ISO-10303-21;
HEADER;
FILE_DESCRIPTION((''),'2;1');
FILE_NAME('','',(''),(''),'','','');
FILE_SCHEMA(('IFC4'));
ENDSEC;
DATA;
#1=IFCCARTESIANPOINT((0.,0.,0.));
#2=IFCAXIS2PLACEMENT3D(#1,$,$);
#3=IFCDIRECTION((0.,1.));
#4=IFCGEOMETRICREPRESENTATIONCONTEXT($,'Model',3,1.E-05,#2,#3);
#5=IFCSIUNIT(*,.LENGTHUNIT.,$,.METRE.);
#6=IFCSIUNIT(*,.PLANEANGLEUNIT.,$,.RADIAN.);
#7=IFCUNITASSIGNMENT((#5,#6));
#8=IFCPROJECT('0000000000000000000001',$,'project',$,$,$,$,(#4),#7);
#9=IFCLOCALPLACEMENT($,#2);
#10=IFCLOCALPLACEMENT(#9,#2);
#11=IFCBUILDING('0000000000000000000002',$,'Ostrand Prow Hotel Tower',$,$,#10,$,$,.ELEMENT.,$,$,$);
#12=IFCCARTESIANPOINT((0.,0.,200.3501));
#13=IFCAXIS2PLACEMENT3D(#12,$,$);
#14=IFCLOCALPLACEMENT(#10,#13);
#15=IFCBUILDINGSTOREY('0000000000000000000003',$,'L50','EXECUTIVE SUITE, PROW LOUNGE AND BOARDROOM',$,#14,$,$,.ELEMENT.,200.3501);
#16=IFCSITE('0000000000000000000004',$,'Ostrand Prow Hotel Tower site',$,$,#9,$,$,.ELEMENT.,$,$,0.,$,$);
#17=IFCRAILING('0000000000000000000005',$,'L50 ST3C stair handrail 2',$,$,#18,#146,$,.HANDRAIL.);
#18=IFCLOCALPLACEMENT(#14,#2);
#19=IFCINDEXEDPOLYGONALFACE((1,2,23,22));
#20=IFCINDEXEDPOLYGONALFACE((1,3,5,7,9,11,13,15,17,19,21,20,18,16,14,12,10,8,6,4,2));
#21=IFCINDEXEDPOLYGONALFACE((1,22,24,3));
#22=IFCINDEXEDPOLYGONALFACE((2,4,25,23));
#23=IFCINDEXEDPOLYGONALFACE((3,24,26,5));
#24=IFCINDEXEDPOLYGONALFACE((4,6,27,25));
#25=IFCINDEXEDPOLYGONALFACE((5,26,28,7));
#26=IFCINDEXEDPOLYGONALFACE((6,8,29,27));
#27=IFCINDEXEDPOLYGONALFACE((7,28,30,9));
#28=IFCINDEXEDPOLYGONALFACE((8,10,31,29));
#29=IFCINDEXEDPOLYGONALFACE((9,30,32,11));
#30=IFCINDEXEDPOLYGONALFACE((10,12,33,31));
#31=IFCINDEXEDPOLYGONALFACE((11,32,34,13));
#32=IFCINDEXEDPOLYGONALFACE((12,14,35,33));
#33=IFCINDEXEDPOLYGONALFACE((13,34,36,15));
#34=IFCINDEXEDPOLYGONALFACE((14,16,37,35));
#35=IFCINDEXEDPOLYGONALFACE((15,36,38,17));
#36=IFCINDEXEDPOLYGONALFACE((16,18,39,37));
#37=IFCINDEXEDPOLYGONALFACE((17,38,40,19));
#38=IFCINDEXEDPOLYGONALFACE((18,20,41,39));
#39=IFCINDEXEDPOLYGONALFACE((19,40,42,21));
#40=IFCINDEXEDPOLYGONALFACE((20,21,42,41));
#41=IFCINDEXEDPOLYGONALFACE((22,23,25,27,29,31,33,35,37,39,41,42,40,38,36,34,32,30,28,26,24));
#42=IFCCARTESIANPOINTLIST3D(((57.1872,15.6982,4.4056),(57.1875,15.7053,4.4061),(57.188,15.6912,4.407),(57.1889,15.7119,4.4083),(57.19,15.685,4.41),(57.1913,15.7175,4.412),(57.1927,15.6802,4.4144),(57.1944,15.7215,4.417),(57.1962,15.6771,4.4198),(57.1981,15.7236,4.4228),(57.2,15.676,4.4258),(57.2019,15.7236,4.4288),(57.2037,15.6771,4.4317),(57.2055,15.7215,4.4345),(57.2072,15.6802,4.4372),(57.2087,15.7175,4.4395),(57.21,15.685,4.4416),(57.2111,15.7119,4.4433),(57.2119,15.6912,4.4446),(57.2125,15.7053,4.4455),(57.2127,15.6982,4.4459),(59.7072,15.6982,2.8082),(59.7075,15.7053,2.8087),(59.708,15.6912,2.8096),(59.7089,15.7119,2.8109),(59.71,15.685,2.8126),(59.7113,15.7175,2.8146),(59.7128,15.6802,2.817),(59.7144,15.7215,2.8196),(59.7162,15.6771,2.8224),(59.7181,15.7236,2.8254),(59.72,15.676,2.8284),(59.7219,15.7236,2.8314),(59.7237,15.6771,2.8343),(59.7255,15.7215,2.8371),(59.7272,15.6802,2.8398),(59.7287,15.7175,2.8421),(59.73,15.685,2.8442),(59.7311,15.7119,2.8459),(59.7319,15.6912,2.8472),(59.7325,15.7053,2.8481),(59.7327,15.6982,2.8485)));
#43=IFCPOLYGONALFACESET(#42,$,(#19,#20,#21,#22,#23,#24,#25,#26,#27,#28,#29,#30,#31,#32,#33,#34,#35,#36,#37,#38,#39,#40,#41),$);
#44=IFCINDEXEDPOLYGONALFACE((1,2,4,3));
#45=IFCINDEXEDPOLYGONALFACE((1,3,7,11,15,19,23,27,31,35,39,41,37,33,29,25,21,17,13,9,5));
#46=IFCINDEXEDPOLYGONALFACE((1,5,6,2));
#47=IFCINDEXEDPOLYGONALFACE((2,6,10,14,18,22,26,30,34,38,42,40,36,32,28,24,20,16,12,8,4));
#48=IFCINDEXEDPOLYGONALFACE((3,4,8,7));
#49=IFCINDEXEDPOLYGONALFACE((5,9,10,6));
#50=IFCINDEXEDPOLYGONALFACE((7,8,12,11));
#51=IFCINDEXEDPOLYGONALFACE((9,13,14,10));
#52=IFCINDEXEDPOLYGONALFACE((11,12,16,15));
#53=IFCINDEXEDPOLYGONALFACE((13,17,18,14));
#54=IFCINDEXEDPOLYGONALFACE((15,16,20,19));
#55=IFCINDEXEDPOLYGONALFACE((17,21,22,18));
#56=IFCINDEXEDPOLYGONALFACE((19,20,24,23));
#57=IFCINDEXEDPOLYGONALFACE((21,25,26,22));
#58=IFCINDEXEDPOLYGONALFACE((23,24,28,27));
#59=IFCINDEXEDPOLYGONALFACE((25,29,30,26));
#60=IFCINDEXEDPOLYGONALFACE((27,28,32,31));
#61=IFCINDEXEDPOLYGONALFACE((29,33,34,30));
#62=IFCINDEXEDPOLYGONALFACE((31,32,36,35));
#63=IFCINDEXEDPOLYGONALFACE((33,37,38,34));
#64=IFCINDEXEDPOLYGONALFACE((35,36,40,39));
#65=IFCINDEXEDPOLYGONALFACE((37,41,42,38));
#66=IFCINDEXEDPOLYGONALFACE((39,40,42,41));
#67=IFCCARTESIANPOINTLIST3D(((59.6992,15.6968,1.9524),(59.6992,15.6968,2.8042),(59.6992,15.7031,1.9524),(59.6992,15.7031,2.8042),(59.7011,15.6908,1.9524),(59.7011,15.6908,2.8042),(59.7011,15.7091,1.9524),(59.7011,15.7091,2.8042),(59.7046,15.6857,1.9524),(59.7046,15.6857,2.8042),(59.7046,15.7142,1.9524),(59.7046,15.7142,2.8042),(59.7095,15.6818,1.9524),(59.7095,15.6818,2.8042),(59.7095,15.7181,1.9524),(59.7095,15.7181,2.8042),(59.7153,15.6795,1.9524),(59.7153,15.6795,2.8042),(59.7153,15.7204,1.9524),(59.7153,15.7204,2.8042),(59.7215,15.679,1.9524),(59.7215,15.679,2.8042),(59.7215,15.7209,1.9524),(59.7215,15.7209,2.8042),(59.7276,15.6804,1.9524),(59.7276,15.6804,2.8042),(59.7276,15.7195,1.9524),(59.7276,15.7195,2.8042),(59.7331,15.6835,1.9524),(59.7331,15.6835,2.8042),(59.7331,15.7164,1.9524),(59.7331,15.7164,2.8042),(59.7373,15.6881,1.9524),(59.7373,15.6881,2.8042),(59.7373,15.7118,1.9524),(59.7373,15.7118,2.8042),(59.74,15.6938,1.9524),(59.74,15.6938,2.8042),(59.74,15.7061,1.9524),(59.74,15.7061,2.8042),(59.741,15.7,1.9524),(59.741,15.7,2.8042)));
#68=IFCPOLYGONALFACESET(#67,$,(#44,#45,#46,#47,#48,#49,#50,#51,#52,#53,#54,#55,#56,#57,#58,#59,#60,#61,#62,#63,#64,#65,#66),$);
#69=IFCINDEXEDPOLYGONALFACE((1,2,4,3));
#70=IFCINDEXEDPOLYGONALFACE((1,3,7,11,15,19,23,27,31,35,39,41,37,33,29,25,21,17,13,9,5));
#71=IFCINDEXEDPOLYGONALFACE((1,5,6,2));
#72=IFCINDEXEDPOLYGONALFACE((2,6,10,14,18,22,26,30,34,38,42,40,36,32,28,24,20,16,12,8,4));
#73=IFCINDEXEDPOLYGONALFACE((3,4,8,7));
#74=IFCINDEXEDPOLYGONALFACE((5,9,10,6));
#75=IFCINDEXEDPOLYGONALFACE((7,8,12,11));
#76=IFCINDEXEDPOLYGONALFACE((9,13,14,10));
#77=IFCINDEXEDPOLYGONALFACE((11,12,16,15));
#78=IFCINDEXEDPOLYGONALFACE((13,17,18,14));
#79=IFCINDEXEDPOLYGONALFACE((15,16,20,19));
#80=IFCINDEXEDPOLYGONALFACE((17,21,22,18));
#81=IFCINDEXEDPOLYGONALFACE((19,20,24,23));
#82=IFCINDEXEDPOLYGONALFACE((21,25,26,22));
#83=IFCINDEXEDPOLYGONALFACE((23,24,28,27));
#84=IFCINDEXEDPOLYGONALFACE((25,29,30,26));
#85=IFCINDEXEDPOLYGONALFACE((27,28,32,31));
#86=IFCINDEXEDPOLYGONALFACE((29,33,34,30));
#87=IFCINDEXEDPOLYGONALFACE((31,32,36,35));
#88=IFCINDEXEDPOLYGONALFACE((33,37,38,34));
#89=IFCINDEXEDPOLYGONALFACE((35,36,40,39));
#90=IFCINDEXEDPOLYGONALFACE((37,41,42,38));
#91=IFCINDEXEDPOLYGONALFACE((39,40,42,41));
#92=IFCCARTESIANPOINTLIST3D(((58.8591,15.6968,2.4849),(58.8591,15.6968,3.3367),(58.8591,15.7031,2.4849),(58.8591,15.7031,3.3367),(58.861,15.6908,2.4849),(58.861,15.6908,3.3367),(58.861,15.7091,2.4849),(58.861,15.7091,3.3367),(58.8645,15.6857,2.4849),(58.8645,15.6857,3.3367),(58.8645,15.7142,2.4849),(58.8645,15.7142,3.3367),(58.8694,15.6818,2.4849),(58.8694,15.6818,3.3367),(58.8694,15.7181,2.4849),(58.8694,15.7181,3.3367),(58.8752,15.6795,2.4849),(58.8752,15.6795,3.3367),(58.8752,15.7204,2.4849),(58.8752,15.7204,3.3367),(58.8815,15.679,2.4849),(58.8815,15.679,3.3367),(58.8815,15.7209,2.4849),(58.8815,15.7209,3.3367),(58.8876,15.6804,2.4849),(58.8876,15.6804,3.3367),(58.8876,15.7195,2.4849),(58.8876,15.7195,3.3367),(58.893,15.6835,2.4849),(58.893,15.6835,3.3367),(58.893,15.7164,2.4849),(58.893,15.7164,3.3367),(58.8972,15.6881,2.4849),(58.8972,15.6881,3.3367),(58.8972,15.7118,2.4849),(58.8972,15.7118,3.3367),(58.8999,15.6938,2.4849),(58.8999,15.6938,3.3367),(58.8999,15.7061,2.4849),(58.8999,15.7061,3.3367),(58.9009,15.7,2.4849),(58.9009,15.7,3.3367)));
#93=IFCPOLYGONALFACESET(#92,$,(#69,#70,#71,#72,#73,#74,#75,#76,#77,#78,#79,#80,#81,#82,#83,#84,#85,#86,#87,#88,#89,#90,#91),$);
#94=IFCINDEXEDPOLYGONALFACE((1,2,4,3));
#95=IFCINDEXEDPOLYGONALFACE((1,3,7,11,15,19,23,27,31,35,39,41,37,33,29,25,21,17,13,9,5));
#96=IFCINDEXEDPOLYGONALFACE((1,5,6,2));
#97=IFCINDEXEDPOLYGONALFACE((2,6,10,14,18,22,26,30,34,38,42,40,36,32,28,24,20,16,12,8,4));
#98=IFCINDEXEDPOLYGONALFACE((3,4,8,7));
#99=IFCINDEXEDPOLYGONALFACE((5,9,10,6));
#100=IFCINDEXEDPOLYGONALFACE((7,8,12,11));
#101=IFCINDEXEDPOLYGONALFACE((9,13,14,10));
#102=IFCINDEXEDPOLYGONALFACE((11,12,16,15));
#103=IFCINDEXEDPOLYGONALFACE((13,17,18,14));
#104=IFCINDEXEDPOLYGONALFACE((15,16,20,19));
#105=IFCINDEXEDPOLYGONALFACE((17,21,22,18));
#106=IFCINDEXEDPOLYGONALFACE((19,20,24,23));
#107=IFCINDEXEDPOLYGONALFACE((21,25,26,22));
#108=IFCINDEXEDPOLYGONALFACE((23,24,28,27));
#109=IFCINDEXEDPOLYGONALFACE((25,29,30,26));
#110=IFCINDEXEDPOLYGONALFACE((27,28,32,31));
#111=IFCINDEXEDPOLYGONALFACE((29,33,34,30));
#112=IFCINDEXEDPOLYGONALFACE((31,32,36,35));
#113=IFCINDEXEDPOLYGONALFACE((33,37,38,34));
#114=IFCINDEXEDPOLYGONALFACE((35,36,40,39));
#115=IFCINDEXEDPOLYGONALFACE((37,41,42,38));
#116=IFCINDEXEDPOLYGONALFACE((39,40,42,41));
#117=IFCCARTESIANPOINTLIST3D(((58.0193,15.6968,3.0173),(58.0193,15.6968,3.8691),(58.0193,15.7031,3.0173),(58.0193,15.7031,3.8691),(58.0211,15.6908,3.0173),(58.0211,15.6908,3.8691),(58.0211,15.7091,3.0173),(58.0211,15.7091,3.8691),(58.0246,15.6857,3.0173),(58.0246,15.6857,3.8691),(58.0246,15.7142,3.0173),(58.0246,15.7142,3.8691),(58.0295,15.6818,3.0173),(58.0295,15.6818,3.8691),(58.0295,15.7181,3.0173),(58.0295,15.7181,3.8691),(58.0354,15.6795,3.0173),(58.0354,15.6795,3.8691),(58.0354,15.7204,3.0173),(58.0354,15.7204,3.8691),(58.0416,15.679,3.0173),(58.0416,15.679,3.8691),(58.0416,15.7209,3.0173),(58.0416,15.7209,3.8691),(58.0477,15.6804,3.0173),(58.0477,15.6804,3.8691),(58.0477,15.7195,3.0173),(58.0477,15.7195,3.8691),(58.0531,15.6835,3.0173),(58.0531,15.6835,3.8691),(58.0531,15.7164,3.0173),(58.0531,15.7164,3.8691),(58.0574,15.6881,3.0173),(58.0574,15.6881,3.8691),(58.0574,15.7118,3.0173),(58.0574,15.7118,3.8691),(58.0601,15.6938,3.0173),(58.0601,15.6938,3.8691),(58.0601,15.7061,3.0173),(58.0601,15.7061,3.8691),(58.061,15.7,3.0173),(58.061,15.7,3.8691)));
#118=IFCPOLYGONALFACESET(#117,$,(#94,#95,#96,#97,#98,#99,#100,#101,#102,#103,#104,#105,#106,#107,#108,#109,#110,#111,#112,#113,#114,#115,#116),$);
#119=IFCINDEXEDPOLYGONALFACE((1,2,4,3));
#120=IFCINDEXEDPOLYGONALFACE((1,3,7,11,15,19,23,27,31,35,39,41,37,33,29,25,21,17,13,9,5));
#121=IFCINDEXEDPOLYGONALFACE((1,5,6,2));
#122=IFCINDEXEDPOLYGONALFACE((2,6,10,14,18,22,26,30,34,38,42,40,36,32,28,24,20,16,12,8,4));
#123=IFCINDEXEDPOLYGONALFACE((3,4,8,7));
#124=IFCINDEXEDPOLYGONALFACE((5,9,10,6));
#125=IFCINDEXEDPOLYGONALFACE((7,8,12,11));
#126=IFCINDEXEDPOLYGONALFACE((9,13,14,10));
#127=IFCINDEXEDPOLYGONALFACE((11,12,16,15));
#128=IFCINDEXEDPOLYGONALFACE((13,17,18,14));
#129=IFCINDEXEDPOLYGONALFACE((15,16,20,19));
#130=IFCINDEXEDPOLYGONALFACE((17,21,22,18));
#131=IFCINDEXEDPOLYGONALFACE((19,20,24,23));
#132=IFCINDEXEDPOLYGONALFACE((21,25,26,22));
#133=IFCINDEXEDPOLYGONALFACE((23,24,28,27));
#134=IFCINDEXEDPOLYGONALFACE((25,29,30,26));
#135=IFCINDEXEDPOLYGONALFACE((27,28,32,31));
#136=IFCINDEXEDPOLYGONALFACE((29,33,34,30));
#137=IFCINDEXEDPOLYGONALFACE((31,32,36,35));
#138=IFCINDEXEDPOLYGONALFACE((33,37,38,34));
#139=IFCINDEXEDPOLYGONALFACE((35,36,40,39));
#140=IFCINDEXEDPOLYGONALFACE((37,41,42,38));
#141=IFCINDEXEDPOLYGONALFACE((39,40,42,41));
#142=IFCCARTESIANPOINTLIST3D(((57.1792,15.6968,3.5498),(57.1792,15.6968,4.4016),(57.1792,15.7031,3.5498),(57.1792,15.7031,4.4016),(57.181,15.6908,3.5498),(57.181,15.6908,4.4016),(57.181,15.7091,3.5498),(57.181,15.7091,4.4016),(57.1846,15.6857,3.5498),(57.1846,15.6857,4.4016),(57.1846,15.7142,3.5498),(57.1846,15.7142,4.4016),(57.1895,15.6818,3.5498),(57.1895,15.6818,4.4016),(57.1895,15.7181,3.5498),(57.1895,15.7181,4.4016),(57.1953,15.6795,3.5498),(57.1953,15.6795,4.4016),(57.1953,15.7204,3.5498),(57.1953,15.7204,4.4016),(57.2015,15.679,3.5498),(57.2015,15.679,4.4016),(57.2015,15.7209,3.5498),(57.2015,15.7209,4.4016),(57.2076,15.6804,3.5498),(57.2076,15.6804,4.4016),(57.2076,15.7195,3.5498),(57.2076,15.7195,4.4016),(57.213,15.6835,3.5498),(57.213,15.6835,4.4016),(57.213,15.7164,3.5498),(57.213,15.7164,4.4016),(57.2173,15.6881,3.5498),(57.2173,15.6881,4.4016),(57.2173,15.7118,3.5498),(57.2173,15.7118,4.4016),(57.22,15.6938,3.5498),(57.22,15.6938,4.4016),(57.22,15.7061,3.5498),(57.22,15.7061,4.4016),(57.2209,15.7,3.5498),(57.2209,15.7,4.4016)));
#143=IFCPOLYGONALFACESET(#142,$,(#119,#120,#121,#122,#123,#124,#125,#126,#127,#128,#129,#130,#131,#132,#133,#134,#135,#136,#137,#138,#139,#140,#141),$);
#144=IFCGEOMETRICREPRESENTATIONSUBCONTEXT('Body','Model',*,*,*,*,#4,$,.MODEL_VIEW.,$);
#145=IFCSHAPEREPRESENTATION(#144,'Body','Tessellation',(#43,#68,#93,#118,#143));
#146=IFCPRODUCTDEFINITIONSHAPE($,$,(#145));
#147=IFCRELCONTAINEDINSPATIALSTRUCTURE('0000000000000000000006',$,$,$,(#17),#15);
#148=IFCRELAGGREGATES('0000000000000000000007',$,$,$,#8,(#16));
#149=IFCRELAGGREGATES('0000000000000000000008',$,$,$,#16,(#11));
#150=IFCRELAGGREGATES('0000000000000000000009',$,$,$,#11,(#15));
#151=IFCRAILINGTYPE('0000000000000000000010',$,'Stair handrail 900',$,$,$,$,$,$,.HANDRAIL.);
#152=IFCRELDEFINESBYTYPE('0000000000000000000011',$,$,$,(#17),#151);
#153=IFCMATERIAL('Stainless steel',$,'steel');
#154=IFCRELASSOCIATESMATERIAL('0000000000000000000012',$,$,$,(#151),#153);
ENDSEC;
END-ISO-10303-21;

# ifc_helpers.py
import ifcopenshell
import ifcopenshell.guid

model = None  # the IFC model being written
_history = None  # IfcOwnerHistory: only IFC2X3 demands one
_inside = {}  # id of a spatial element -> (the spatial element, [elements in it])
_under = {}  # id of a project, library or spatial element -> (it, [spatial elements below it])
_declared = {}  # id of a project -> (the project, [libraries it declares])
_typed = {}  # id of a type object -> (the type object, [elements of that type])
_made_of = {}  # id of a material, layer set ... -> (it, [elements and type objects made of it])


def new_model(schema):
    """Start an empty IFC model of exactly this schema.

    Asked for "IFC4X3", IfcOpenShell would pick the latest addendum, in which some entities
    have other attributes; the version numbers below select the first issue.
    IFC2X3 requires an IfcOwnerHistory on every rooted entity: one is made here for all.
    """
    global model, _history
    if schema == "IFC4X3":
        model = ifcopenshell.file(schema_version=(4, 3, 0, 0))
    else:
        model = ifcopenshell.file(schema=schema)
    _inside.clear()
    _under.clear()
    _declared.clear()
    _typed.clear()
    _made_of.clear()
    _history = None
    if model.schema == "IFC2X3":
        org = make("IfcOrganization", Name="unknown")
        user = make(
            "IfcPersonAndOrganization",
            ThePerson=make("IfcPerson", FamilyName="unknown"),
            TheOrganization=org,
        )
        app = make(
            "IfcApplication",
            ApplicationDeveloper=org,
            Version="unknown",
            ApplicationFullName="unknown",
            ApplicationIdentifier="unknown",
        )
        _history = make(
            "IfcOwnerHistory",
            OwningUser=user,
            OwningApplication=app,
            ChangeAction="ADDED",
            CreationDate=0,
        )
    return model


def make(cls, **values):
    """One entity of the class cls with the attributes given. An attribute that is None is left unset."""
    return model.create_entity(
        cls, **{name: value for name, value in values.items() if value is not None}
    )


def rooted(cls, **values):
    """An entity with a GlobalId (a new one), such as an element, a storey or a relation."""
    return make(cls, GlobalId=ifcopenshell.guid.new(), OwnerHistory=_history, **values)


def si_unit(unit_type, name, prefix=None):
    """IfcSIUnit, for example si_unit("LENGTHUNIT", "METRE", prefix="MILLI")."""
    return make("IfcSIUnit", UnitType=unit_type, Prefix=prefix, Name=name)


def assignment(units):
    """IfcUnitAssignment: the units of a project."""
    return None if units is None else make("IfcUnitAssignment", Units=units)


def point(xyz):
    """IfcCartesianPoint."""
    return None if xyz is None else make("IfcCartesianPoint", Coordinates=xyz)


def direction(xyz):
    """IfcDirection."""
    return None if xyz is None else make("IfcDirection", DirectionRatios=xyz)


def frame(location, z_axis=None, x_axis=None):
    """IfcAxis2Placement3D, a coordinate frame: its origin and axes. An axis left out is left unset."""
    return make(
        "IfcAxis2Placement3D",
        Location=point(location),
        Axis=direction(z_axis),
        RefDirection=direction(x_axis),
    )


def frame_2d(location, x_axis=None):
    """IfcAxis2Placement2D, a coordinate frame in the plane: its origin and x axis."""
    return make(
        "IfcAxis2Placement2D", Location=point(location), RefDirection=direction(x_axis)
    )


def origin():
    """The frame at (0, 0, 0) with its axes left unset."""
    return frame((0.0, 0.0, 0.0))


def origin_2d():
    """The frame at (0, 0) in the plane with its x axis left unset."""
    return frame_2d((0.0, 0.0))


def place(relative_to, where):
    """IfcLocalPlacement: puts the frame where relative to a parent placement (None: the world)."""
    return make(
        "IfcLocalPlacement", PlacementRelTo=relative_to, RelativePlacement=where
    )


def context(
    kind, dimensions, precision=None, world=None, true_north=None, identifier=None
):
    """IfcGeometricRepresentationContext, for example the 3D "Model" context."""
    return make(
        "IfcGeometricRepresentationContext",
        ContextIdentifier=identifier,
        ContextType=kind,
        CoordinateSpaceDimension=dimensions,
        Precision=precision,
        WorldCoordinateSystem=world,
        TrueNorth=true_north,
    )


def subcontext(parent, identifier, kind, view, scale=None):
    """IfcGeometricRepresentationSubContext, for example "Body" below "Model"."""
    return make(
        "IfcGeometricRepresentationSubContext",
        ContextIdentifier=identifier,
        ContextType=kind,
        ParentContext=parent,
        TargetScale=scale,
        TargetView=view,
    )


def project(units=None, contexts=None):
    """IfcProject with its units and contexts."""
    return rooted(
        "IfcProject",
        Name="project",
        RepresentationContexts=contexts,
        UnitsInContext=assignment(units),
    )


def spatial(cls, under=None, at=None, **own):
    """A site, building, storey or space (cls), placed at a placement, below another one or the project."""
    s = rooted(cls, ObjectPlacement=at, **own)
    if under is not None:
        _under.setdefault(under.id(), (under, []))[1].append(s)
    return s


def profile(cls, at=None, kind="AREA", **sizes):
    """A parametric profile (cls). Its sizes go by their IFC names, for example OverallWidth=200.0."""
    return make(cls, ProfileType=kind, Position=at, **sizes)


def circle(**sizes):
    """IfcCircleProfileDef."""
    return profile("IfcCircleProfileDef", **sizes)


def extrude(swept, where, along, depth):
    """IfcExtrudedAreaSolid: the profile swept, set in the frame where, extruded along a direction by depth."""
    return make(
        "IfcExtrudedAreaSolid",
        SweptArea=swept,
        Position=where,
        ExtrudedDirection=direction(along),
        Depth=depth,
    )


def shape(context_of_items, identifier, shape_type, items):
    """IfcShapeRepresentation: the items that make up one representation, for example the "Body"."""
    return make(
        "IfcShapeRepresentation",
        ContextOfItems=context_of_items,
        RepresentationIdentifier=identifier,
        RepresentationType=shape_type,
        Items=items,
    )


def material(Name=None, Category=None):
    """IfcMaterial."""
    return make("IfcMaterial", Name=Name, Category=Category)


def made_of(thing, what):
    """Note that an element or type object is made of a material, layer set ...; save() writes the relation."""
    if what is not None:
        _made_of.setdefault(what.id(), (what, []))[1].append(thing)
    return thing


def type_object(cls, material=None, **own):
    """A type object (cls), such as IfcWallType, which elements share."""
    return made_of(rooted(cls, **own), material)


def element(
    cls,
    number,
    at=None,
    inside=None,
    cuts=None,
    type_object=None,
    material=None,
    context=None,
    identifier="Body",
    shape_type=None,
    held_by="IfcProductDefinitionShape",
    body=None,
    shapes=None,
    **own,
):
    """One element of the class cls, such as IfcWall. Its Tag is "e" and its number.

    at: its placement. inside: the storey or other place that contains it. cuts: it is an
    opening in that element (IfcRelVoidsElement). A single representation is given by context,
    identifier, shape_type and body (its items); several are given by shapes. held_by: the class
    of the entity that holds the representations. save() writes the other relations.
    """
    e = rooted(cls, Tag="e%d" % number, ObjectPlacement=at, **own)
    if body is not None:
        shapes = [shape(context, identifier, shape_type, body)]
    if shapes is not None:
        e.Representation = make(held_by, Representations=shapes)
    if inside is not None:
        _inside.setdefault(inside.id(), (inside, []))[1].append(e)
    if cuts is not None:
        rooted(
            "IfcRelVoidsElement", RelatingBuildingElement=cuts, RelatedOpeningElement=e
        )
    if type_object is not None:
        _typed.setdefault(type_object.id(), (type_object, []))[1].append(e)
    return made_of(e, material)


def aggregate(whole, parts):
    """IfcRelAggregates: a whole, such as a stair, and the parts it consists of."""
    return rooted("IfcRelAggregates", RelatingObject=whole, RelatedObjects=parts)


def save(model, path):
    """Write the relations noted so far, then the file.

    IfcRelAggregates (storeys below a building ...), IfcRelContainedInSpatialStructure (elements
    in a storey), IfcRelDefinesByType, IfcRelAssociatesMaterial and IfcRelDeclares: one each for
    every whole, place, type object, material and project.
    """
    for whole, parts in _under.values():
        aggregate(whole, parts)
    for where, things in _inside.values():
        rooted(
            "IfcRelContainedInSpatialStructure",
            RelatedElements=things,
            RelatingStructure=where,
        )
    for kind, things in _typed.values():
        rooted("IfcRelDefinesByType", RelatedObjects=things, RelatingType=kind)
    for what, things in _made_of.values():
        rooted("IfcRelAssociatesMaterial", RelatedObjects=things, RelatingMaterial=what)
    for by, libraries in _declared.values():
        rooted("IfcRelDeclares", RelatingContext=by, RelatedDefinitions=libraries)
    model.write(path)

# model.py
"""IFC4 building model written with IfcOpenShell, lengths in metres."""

from ifc_helpers import new_model, si_unit, direction, frame, origin, origin_2d, place, context, subcontext, project, spatial, circle, extrude, material, type_object, element, save


model = new_model("IFC4")

# Units and contexts
model_context = context("Model", 3, precision=1e-05, world=origin(), true_north=direction((0.0, 1.0)))
body_context = subcontext(model_context, "Body", "Model", "MODEL_VIEW")
ifc_project = project(units=[si_unit("LENGTHUNIT", "METRE"), si_unit("PLANEANGLEUNIT", "RADIAN")], contexts=[model_context])

# Site, building, storey
site_placement = place(None, origin())
site = spatial("IfcSite", under=ifc_project, at=site_placement, Name="Ostrand Prow Hotel Tower site", CompositionType="ELEMENT", RefElevation=0.0)
building_placement = place(site_placement, origin())
building = spatial("IfcBuilding", under=site, at=building_placement, Name="Ostrand Prow Hotel Tower", CompositionType="ELEMENT")
storey_placement = place(building_placement, frame((0.0, 0.0, 200.3501)))
storey = spatial("IfcBuildingStorey", under=building, at=storey_placement, Name="L50", Description="EXECUTIVE SUITE, PROW LOUNGE AND BOARDROOM", CompositionType="ELEMENT", Elevation=200.3501)

# Railing
ifc_material_1 = material(Name="Stainless steel", Category="steel")
railing_type_1 = type_object("IfcRailingType", Name="Stair handrail 900", PredefinedType="HANDRAIL", material=ifc_material_1)
railing_1_placement = place(storey_placement, frame((59.72, 15.7, 1.9524)))
element("IfcRailing", 1, at=railing_1_placement, inside=storey, type_object=railing_type_1, Name="L50 ST3C stair handrail 2", PredefinedType="HANDRAIL", context=body_context, shape_type="SweptSolid", body=[
    extrude(circle(Radius=0.0239, at=origin_2d()), frame((0.0, 0.0, 0.876), z_axis=(-0.844607, 0.0, 0.535387), x_axis=(0.0, -1.0, 0.0)), (0.0, 0.0, 1.0), 2.9836),
    extrude(circle(Radius=0.021, at=origin_2d()), origin(), (0.0, 0.0, 1.0), 0.8518),
    extrude(circle(Radius=0.021, at=origin_2d()), frame((-0.8401, 0.0, 0.5325)), (0.0, 0.0, 1.0), 0.8518),
    extrude(circle(Radius=0.021, at=origin_2d()), frame((-1.6799, 0.0, 1.0649)), (0.0, 0.0, 1.0), 0.8518),
    extrude(circle(Radius=0.021, at=origin_2d()), frame((-2.52, 0.0, 1.5974)), (0.0, 0.0, 1.0), 0.8518),
])

save(model, "model.ifc")
